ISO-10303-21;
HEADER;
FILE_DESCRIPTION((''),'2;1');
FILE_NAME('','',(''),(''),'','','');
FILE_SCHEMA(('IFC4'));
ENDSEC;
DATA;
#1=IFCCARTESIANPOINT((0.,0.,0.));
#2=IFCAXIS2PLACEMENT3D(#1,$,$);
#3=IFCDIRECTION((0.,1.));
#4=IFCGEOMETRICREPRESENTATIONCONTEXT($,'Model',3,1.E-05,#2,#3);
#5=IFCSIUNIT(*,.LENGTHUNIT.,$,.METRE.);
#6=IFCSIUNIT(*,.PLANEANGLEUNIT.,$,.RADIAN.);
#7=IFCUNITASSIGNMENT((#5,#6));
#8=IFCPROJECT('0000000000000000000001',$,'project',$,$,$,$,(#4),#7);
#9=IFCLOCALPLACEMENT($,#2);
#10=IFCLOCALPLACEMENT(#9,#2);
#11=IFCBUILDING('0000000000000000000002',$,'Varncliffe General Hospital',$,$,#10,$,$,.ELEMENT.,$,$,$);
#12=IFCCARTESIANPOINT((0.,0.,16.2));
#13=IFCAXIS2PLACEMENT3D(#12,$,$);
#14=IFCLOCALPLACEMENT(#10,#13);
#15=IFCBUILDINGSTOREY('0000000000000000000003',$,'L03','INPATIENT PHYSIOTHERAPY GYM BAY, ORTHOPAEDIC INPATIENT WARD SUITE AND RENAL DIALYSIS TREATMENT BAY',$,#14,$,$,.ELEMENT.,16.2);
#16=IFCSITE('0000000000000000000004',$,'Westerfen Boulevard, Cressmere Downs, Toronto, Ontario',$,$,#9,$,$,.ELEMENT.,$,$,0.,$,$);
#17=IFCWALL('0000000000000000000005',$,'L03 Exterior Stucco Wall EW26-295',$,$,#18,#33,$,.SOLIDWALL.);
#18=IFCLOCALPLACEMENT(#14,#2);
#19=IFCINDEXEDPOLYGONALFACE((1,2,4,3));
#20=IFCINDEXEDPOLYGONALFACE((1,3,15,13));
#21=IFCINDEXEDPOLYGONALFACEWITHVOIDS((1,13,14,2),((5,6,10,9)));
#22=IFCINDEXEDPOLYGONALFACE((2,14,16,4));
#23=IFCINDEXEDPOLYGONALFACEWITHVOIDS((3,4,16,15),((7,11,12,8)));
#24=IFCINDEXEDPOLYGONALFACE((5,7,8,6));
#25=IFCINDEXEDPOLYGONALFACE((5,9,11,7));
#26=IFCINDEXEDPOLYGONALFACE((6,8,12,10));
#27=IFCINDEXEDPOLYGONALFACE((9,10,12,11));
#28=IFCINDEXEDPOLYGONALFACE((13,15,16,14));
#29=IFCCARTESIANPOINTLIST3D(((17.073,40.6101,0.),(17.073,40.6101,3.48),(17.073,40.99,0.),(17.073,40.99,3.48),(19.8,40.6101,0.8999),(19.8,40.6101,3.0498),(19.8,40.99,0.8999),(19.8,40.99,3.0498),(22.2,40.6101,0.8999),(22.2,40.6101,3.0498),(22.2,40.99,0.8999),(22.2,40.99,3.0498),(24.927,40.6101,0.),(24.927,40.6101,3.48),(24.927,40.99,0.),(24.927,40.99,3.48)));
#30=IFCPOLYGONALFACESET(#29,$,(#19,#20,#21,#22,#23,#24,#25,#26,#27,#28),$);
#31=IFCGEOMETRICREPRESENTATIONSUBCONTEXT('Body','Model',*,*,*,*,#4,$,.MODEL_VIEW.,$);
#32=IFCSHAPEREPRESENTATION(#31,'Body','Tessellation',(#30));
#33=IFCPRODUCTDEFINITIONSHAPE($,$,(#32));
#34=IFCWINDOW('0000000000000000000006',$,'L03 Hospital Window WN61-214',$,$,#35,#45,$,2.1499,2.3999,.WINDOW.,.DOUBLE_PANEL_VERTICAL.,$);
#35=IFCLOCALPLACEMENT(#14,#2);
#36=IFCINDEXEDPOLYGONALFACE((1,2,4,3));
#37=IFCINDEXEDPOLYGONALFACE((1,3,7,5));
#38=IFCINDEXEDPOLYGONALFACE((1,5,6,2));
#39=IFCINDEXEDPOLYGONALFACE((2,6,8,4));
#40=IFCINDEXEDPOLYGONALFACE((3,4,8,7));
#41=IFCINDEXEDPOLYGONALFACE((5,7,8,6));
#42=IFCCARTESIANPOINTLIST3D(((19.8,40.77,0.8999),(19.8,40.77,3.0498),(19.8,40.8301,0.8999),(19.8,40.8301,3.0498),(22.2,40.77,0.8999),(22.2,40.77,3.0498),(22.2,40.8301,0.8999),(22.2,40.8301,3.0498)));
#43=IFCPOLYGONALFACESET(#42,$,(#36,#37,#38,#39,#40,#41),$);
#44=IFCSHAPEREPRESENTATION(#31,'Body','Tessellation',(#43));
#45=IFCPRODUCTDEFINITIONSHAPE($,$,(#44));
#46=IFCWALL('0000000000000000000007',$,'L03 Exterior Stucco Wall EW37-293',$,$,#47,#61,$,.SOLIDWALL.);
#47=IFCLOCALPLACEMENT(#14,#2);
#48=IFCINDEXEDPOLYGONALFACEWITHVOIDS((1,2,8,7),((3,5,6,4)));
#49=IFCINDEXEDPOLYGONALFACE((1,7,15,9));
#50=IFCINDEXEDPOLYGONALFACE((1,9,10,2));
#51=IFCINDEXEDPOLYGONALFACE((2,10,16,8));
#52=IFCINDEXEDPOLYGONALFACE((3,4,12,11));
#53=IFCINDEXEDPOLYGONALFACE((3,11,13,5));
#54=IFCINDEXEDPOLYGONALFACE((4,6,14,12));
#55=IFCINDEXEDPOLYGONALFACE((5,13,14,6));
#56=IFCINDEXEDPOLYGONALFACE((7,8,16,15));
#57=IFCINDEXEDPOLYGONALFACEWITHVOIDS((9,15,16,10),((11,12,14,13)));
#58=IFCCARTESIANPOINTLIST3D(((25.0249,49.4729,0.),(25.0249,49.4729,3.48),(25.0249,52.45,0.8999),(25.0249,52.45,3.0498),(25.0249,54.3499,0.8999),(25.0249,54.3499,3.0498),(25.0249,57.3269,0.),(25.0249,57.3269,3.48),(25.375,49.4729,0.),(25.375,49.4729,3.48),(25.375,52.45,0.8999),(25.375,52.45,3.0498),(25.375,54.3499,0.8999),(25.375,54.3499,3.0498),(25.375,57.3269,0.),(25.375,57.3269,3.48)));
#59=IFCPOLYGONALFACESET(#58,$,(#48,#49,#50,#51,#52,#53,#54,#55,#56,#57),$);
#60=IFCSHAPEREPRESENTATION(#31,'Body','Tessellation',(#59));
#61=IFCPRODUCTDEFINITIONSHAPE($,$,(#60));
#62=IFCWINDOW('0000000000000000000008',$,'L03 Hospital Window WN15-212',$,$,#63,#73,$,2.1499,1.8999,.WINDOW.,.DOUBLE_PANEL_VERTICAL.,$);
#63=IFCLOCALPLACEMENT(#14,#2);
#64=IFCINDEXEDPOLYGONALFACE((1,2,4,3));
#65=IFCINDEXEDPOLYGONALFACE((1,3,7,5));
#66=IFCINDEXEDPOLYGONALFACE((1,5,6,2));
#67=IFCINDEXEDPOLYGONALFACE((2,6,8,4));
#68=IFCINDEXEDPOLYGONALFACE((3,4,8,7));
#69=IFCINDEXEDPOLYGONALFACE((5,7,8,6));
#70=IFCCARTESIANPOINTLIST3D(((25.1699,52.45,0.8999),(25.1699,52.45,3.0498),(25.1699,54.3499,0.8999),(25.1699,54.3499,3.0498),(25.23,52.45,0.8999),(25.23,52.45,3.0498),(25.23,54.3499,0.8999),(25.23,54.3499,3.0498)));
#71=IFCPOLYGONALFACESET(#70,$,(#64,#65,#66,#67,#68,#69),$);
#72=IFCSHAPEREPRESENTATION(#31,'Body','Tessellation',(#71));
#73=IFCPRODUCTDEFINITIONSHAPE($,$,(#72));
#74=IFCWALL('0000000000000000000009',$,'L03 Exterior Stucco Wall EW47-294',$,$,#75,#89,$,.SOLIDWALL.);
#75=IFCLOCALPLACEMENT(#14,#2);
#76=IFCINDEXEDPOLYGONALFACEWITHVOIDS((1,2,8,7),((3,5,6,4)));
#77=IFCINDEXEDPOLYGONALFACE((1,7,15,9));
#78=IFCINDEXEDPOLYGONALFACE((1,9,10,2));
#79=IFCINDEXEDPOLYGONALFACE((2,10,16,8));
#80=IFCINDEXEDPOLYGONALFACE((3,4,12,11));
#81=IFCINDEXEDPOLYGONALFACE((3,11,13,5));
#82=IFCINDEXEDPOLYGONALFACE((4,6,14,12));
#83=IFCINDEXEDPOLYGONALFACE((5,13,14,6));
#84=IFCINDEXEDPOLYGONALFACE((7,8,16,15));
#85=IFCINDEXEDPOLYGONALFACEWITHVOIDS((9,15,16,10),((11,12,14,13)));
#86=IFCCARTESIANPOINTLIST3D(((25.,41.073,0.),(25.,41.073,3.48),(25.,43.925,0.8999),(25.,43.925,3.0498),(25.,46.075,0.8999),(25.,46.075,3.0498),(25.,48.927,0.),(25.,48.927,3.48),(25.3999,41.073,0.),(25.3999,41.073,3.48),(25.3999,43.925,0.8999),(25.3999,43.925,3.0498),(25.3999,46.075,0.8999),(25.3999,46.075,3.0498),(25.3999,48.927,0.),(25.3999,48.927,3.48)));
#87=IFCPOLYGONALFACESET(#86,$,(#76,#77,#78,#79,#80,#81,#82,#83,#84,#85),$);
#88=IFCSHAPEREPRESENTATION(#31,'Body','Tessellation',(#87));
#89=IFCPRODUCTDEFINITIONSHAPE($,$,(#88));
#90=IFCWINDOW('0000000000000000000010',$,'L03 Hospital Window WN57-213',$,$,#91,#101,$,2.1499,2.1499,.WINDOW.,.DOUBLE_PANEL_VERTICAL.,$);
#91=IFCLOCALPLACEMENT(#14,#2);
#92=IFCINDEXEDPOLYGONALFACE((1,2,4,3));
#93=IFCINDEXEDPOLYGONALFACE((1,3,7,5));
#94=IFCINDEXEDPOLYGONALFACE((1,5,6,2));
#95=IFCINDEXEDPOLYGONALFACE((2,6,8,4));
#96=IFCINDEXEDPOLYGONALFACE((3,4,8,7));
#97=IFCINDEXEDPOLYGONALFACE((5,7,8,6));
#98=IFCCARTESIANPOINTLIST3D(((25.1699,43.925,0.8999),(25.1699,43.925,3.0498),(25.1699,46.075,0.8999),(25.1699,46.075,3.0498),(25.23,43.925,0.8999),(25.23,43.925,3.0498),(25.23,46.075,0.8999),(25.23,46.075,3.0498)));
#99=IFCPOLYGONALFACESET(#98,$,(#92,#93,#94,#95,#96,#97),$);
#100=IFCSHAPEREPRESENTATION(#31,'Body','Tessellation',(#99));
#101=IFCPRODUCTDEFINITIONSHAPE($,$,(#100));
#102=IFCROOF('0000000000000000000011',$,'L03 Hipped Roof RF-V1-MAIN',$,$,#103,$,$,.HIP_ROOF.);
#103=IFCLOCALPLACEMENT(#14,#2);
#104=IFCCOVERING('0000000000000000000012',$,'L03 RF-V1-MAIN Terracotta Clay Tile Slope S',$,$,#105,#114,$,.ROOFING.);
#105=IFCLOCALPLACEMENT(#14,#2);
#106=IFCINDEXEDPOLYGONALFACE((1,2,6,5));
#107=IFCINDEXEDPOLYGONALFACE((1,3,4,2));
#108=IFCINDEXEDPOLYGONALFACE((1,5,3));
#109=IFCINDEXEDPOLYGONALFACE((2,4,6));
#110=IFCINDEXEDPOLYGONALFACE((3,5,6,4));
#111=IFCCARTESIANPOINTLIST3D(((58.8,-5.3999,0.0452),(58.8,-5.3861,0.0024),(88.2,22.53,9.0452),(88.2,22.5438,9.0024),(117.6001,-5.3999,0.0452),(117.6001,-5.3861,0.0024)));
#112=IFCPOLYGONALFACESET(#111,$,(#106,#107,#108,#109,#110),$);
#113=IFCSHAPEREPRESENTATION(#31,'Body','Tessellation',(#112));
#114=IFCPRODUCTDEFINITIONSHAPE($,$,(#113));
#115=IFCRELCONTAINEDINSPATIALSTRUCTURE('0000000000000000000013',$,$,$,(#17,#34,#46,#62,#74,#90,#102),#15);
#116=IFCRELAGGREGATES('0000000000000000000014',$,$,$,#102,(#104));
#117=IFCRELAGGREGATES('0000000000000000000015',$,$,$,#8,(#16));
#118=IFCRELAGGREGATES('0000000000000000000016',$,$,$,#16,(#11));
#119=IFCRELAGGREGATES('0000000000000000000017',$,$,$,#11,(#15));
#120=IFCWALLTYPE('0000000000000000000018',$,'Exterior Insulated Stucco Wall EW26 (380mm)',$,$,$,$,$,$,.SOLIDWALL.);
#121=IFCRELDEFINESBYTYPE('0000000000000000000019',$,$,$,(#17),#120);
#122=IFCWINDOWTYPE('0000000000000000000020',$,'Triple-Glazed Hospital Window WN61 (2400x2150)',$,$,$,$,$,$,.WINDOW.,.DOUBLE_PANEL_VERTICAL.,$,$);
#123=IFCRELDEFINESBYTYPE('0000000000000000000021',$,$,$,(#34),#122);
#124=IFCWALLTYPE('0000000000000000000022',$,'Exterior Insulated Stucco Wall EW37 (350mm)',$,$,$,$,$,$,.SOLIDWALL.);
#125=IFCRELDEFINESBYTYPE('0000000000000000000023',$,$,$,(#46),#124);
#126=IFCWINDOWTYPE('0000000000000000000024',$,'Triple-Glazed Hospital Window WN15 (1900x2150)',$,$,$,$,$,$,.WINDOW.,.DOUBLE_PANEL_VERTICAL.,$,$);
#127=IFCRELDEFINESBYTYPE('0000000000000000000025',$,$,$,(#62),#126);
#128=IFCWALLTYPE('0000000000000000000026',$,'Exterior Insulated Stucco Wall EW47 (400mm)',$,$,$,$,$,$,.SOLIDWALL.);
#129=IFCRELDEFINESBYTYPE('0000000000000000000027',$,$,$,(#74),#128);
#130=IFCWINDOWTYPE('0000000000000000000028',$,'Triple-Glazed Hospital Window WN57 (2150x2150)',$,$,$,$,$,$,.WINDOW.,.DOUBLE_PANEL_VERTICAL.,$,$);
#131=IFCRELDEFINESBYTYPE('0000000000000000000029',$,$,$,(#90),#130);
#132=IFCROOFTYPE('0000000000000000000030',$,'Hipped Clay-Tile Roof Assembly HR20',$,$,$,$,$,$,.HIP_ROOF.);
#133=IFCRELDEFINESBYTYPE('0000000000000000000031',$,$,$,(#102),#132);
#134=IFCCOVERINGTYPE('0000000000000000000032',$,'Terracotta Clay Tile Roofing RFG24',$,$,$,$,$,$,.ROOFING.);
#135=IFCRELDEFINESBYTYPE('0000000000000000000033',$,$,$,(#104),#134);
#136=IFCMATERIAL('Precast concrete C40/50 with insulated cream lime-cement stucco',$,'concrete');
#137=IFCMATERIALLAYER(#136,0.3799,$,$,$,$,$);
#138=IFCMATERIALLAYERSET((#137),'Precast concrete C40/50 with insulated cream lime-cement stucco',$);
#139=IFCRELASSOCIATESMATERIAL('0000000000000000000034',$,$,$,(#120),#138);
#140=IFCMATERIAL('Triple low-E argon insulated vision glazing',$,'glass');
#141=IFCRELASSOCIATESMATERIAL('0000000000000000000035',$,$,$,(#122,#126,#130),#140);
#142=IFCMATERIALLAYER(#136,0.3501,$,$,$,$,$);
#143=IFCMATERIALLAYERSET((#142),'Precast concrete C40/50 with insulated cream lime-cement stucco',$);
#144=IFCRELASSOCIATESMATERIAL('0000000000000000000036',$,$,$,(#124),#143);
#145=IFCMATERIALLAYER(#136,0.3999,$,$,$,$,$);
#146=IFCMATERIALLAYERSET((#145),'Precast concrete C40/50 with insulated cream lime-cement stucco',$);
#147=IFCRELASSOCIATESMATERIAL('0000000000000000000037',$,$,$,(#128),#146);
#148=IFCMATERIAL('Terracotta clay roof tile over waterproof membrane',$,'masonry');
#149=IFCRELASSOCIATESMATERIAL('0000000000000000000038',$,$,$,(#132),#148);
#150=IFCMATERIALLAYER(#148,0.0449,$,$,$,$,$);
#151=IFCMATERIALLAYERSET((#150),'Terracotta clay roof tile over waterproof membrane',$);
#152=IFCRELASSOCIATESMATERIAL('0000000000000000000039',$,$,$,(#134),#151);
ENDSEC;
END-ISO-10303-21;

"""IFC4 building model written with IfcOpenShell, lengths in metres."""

from ifc_helpers import new_model, si_unit, direction, frame, frame_2d, origin, place, context, subcontext, project, spatial, polyline, rectangle, outline, extrude, material, layer, layer_set, type_object, element, fill, aggregate, save


model = new_model("IFC4")

# Units and contexts
model_context = context("Model", 3, precision=1e-05, world=origin(), true_north=direction((0.0, 1.0)))
body_context = subcontext(model_context, "Body", "Model", "MODEL_VIEW")
ifc_project = project(units=[si_unit("LENGTHUNIT", "METRE"), si_unit("PLANEANGLEUNIT", "RADIAN")], contexts=[model_context])

# Site, building, storey
site_placement = place(None, origin())
site = spatial("IfcSite", under=ifc_project, at=site_placement, Name="Westerfen Boulevard, Cressmere Downs, Toronto, Ontario", CompositionType="ELEMENT", RefElevation=0.0)
building_placement = place(site_placement, origin())
building = spatial("IfcBuilding", under=site, at=building_placement, Name="Varncliffe General Hospital", CompositionType="ELEMENT")
storey_placement = place(building_placement, frame((0.0, 0.0, 16.2)))
storey = spatial("IfcBuildingStorey", under=building, at=storey_placement, Name="L03", Description="INPATIENT PHYSIOTHERAPY GYM BAY, ORTHOPAEDIC INPATIENT WARD SUITE AND RENAL DIALYSIS TREATMENT BAY", CompositionType="ELEMENT", Elevation=16.2)

# Walls, openings, windows
ifc_material_1 = material(Name="Precast concrete C40/50 with insulated cream lime-cement stucco", Category="concrete")
ifc_layer_1 = layer(ifc_material_1, 0.3799)
ifc_layer_set_1 = layer_set([ifc_layer_1], Name="Precast concrete C40/50 with insulated cream lime-cement stucco")
wall_type_1 = type_object("IfcWallType", Name="Exterior Insulated Stucco Wall EW26 (380mm)", PredefinedType="SOLIDWALL", material=ifc_layer_set_1)
wall_1_placement = place(storey_placement, frame((24.927, 40.8, 0.0), z_axis=(0.0, 0.0, 1.0), x_axis=(-1.0, 0.0, 0.0)))
wall_1 = element("IfcWall", 1, at=wall_1_placement, inside=storey, type_object=wall_type_1, Name="L03 Exterior Stucco Wall EW26-295", PredefinedType="SOLIDWALL", context=body_context, shape_type="SweptSolid", body=[
    extrude(rectangle(XDim=7.854, YDim=0.3799, at=frame_2d((3.927, 0.0))), origin(), (0.0, 0.0, 1.0), 3.48),
])
opening_1_placement = place(wall_1_placement, frame((2.7271, 0.0, 0.8999)))
opening_1 = element("IfcOpeningElement", 2, at=opening_1_placement, cuts=wall_1, PredefinedType="OPENING", context=body_context, shape_type="SweptSolid", body=[
    extrude(rectangle(XDim=2.3999, YDim=2.1499, at=frame_2d((1.2, 1.075))), frame((0.0, 0.2, 0.0), z_axis=(0.0, -1.0, 0.0), x_axis=(1.0, 0.0, 0.0)), (0.0, 0.0, 1.0), 0.3999),
])
ifc_material_2 = material(Name="Triple low-E argon insulated vision glazing", Category="glass")
window_type_1 = type_object("IfcWindowType", Name="Triple-Glazed Hospital Window WN61 (2400x2150)", PartitioningType="DOUBLE_PANEL_VERTICAL", PredefinedType="WINDOW", material=ifc_material_2)
window_1_placement = place(opening_1_placement, origin())
window_1 = element("IfcWindow", 3, at=window_1_placement, inside=storey, type_object=window_type_1, Name="L03 Hospital Window WN61-214", OverallHeight=2.1499, OverallWidth=2.3999, PartitioningType="DOUBLE_PANEL_VERTICAL", PredefinedType="WINDOW", context=body_context, shape_type="SweptSolid", body=[
    extrude(rectangle(XDim=2.3999, YDim=2.1499, at=frame_2d((1.2, 1.075))), frame((0.0, 0.03, 0.0), z_axis=(0.0, -1.0, 0.0), x_axis=(1.0, 0.0, 0.0)), (0.0, 0.0, 1.0), 0.0601),
])
fill(opening_1, window_1)
ifc_layer_2 = layer(ifc_material_1, 0.3501)
ifc_layer_set_2 = layer_set([ifc_layer_2], Name="Precast concrete C40/50 with insulated cream lime-cement stucco")
wall_type_2 = type_object("IfcWallType", Name="Exterior Insulated Stucco Wall EW37 (350mm)", PredefinedType="SOLIDWALL", material=ifc_layer_set_2)
wall_2_placement = place(storey_placement, frame((25.2, 57.3269, 0.0), z_axis=(0.0, 0.0, 1.0), x_axis=(0.0, -1.0, 0.0)))
wall_2 = element("IfcWall", 4, at=wall_2_placement, inside=storey, type_object=wall_type_2, Name="L03 Exterior Stucco Wall EW37-293", PredefinedType="SOLIDWALL", context=body_context, shape_type="SweptSolid", body=[
    extrude(rectangle(XDim=7.854, YDim=0.3501, at=frame_2d((3.927, 0.0))), origin(), (0.0, 0.0, 1.0), 3.48),
])
opening_2_placement = place(wall_2_placement, frame((2.9771, 0.0, 0.8999)))
opening_2 = element("IfcOpeningElement", 5, at=opening_2_placement, cuts=wall_2, PredefinedType="OPENING", context=body_context, shape_type="SweptSolid", body=[
    extrude(rectangle(XDim=1.8999, YDim=2.1499, at=frame_2d((0.95, 1.075))), frame((0.0, 0.1851, 0.0), z_axis=(0.0, -1.0, 0.0), x_axis=(1.0, 0.0, 0.0)), (0.0, 0.0, 1.0), 0.3701),
])
window_type_2 = type_object("IfcWindowType", Name="Triple-Glazed Hospital Window WN15 (1900x2150)", PartitioningType="DOUBLE_PANEL_VERTICAL", PredefinedType="WINDOW", material=ifc_material_2)
window_2_placement = place(opening_2_placement, origin())
window_2 = element("IfcWindow", 6, at=window_2_placement, inside=storey, type_object=window_type_2, Name="L03 Hospital Window WN15-212", OverallHeight=2.1499, OverallWidth=1.8999, PartitioningType="DOUBLE_PANEL_VERTICAL", PredefinedType="WINDOW", context=body_context, shape_type="SweptSolid", body=[
    extrude(rectangle(XDim=1.8999, YDim=2.1499, at=frame_2d((0.95, 1.075))), frame((0.0, 0.03, 0.0), z_axis=(0.0, -1.0, 0.0), x_axis=(1.0, 0.0, 0.0)), (0.0, 0.0, 1.0), 0.0601),
])
fill(opening_2, window_2)
ifc_layer_3 = layer(ifc_material_1, 0.3999)
ifc_layer_set_3 = layer_set([ifc_layer_3], Name="Precast concrete C40/50 with insulated cream lime-cement stucco")
wall_type_3 = type_object("IfcWallType", Name="Exterior Insulated Stucco Wall EW47 (400mm)", PredefinedType="SOLIDWALL", material=ifc_layer_set_3)
wall_3_placement = place(storey_placement, frame((25.2, 48.927, 0.0), z_axis=(0.0, 0.0, 1.0), x_axis=(0.0, -1.0, 0.0)))
wall_3 = element("IfcWall", 7, at=wall_3_placement, inside=storey, type_object=wall_type_3, Name="L03 Exterior Stucco Wall EW47-294", PredefinedType="SOLIDWALL", context=body_context, shape_type="SweptSolid", body=[
    extrude(rectangle(XDim=7.854, YDim=0.3999, at=frame_2d((3.927, 0.0))), origin(), (0.0, 0.0, 1.0), 3.48),
])
opening_3_placement = place(wall_3_placement, frame((2.8521, 0.0, 0.8999)))
opening_3 = element("IfcOpeningElement", 8, at=opening_3_placement, cuts=wall_3, PredefinedType="OPENING", context=body_context, shape_type="SweptSolid", body=[
    extrude(rectangle(XDim=2.1499, YDim=2.1499, at=frame_2d((1.075, 1.075))), frame((0.0, 0.21, 0.0), z_axis=(0.0, -1.0, 0.0), x_axis=(1.0, 0.0, 0.0)), (0.0, 0.0, 1.0), 0.4199),
])
window_type_3 = type_object("IfcWindowType", Name="Triple-Glazed Hospital Window WN57 (2150x2150)", PartitioningType="DOUBLE_PANEL_VERTICAL", PredefinedType="WINDOW", material=ifc_material_2)
window_3_placement = place(opening_3_placement, origin())
window_3 = element("IfcWindow", 9, at=window_3_placement, inside=storey, type_object=window_type_3, Name="L03 Hospital Window WN57-213", OverallHeight=2.1499, OverallWidth=2.1499, PartitioningType="DOUBLE_PANEL_VERTICAL", PredefinedType="WINDOW", context=body_context, shape_type="SweptSolid", body=[
    extrude(rectangle(XDim=2.1499, YDim=2.1499, at=frame_2d((1.075, 1.075))), frame((0.0, 0.03, 0.0), z_axis=(0.0, -1.0, 0.0), x_axis=(1.0, 0.0, 0.0)), (0.0, 0.0, 1.0), 0.0601),
])
fill(opening_3, window_3)

# Roof, covering
ifc_material_3 = material(Name="Terracotta clay roof tile over waterproof membrane", Category="masonry")
roof_type = type_object("IfcRoofType", Name="Hipped Clay-Tile Roof Assembly HR20", PredefinedType="HIP_ROOF", material=ifc_material_3)
roof_placement = place(storey_placement, origin())
roof = element("IfcRoof", 10, at=roof_placement, inside=storey, type_object=roof_type, Name="L03 Hipped Roof RF-V1-MAIN", PredefinedType="HIP_ROOF")
ifc_layer_4 = layer(ifc_material_3, 0.0449)
ifc_layer_set_4 = layer_set([ifc_layer_4], Name="Terracotta clay roof tile over waterproof membrane")
covering_type = type_object("IfcCoveringType", Name="Terracotta Clay Tile Roofing RFG24", PredefinedType="ROOFING", material=ifc_layer_set_4)
covering_placement = place(storey_placement, frame((58.8, -5.3999, 0.0452), z_axis=(0.0, -0.306705, 0.951805), x_axis=(1.0, 0.0, 0.0)))
covering = element("IfcCovering", 11, at=covering_placement, type_object=covering_type, Name="L03 RF-V1-MAIN Terracotta Clay Tile Slope S", PredefinedType="ROOFING", context=body_context, shape_type="SweptSolid", body=[
    extrude(outline(polyline([(0.0, 0.0), (58.8, 0.0), (29.3999, 29.3442), (0.0, 0.0)])), origin(), (0.0, 0.0, -1.0), 0.0449),
])
aggregate(roof, [covering])

save(model, "model.ifc")
